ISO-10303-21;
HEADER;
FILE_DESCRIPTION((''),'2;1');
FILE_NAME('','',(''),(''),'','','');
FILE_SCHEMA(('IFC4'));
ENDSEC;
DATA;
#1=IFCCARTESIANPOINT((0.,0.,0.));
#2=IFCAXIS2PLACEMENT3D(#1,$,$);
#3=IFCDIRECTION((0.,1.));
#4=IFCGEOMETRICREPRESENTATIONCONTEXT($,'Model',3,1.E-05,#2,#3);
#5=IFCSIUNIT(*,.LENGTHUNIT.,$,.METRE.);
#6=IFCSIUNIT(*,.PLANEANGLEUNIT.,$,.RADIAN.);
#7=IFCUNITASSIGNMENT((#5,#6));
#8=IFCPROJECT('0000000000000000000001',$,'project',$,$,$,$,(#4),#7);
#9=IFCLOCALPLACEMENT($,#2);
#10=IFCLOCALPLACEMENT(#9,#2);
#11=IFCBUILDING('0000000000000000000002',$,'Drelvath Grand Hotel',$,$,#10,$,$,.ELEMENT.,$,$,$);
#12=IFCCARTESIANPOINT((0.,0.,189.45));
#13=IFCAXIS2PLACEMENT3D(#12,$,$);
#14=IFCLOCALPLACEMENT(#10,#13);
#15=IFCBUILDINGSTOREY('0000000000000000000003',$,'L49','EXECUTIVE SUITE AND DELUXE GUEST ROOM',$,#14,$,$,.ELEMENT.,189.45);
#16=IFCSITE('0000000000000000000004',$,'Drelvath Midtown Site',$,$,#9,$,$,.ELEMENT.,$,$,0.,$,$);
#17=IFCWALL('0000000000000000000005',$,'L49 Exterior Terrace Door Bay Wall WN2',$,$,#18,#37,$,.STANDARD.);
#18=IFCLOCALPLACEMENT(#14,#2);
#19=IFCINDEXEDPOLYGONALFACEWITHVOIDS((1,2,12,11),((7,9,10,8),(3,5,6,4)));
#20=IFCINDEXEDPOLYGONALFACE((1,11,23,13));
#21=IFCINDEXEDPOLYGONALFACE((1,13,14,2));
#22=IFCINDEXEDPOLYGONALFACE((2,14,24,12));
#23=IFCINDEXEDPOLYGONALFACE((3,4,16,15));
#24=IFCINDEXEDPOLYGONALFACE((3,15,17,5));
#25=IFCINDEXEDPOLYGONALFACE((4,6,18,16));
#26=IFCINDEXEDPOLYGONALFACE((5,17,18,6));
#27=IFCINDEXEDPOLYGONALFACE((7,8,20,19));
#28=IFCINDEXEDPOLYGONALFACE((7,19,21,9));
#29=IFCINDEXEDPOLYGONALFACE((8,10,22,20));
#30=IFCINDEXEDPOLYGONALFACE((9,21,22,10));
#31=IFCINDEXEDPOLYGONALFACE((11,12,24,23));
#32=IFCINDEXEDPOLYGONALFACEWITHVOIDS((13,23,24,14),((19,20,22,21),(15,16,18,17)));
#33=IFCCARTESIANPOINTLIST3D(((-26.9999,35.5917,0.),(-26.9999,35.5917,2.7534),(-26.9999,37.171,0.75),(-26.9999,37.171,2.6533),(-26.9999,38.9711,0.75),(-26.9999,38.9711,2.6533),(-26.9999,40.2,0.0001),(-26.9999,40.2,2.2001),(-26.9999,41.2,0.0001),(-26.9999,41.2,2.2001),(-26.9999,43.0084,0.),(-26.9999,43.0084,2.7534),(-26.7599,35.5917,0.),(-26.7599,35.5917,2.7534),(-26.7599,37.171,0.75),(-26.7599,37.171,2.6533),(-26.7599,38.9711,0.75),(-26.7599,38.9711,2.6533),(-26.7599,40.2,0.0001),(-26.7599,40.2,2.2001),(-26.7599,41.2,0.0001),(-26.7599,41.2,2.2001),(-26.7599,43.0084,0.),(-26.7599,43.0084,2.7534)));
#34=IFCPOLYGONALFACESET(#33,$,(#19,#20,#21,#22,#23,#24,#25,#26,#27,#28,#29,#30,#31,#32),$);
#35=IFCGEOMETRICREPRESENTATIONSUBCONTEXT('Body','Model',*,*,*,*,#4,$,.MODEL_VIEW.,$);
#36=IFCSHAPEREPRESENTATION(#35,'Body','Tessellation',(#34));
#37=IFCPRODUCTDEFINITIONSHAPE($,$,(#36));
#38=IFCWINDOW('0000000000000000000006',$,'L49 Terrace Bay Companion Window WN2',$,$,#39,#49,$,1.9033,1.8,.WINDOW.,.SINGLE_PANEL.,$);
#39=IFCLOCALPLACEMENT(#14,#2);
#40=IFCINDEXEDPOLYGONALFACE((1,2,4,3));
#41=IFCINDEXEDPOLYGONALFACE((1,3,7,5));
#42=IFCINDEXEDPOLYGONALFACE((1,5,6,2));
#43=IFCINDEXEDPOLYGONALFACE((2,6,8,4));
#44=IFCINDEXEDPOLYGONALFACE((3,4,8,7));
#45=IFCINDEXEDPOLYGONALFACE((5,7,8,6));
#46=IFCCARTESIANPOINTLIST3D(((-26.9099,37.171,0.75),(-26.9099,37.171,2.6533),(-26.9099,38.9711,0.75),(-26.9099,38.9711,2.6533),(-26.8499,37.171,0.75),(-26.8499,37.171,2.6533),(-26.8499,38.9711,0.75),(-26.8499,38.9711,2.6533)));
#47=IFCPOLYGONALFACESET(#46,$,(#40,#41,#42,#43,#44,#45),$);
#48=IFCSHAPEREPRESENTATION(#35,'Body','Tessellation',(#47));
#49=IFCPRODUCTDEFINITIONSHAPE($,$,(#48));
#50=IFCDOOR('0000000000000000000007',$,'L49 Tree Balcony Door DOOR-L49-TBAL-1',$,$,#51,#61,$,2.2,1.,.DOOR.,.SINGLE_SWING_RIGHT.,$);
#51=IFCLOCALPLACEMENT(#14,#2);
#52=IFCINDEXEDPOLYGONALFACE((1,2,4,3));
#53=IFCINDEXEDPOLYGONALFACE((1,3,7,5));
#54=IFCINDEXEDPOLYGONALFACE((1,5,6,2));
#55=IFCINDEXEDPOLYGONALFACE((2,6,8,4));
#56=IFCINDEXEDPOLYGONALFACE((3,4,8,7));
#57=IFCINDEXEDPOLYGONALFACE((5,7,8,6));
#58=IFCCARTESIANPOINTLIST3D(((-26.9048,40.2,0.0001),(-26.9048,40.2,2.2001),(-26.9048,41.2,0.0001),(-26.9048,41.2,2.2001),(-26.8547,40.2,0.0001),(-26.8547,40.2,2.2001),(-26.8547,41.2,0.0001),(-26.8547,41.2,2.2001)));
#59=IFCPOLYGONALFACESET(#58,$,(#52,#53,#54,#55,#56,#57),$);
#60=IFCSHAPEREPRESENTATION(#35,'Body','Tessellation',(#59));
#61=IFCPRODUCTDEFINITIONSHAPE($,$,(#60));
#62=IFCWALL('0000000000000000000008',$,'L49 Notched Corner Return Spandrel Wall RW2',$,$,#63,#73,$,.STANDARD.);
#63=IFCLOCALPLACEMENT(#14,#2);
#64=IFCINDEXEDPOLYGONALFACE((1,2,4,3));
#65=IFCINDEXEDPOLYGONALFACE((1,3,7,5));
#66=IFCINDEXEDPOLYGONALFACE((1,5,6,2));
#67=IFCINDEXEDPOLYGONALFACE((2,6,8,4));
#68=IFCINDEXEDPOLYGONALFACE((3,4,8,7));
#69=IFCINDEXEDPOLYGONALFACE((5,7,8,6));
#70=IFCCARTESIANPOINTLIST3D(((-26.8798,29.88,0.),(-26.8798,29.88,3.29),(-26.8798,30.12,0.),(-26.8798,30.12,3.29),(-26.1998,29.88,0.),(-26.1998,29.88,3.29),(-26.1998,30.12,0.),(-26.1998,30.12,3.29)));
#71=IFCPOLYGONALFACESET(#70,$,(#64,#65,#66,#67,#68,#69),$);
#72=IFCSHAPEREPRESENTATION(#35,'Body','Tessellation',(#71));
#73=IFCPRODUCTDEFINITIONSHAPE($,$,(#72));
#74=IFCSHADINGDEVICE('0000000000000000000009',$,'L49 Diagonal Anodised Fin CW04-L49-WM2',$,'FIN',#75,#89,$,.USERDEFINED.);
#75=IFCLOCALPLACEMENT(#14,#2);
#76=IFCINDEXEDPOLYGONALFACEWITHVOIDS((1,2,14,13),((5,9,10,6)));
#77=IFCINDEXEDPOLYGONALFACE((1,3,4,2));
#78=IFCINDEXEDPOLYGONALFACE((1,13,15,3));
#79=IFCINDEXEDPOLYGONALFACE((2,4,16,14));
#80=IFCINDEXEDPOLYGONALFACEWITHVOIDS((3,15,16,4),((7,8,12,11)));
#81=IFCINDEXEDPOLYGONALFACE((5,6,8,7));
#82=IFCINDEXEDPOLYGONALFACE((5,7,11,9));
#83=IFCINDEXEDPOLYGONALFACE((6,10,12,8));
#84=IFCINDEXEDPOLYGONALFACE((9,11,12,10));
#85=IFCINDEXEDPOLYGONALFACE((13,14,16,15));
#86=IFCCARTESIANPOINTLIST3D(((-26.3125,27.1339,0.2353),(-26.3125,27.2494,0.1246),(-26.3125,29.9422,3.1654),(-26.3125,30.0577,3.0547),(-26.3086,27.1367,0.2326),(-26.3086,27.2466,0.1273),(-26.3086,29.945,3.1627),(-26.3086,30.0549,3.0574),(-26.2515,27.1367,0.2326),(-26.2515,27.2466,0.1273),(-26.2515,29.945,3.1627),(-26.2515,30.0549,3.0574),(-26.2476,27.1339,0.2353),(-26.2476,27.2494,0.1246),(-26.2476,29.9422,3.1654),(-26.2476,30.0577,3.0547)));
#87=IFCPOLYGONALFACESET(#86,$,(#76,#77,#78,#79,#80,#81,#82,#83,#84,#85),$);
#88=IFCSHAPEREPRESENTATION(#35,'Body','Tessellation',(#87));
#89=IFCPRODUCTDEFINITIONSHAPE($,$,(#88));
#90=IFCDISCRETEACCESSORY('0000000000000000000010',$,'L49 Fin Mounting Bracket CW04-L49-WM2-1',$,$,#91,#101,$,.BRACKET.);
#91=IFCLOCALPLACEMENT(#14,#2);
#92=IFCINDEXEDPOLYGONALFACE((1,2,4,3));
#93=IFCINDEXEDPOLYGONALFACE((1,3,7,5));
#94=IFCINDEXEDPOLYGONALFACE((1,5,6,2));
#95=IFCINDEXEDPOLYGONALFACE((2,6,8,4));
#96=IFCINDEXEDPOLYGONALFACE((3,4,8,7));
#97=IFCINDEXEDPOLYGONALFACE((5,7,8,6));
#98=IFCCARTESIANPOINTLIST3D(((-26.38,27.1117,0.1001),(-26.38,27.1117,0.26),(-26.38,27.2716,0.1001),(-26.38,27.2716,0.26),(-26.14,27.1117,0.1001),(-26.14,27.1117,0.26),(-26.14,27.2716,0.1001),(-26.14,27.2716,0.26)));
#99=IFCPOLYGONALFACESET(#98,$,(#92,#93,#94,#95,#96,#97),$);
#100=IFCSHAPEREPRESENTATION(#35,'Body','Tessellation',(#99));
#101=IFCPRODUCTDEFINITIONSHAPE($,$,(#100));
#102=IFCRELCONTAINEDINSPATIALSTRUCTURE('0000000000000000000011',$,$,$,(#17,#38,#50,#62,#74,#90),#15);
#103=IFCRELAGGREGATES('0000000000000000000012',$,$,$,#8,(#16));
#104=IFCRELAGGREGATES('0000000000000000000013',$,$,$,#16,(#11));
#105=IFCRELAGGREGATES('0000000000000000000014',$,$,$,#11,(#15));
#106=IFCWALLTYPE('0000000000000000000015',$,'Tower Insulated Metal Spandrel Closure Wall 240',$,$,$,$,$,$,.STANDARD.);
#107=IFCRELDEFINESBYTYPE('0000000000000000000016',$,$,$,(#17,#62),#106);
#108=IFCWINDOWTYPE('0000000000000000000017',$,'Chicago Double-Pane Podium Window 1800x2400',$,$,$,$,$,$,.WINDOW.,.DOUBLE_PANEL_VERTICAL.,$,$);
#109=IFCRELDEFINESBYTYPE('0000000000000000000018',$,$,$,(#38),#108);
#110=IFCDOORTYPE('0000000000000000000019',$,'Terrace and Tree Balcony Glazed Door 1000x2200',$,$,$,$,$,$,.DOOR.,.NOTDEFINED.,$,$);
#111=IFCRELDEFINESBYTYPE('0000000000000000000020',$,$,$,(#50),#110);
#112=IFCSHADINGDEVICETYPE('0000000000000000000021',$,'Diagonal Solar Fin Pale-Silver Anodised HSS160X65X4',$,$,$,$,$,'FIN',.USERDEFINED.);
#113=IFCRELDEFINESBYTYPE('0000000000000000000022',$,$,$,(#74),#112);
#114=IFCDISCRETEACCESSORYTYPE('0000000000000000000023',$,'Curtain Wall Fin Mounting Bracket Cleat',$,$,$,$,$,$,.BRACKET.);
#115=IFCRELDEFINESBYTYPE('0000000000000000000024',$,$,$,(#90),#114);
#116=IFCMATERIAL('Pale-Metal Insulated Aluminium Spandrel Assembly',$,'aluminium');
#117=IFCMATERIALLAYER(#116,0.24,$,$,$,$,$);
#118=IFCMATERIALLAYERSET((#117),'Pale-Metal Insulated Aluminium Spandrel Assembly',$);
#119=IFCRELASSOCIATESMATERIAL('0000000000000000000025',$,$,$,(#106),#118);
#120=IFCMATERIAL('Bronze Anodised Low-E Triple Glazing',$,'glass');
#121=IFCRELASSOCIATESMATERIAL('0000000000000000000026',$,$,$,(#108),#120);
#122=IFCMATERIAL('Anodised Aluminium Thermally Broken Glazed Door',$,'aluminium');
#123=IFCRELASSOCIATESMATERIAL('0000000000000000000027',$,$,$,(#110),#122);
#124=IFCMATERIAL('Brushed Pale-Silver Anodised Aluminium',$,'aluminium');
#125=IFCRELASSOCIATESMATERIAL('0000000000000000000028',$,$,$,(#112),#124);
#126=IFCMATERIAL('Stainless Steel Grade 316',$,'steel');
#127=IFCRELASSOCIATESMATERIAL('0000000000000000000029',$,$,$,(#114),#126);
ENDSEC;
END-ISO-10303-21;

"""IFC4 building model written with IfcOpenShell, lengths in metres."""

from ifc_helpers import new_model, si_unit, direction, frame, frame_2d, origin, origin_2d, place, context, subcontext, project, spatial, rectangle, hollow_rectangle, extrude, material, layer, layer_set, material_profile, profile_set, type_object, element, fill, save


model = new_model("IFC4")

# Units and contexts
model_context = context("Model", 3, precision=1e-05, world=origin(), true_north=direction((0.0, 1.0)))
body_context = subcontext(model_context, "Body", "Model", "MODEL_VIEW")
ifc_project = project(units=[si_unit("LENGTHUNIT", "METRE"), si_unit("PLANEANGLEUNIT", "RADIAN")], contexts=[model_context])

# Site, building, storey
site_placement = place(None, origin())
site = spatial("IfcSite", under=ifc_project, at=site_placement, Name="Drelvath Midtown Site", CompositionType="ELEMENT", RefElevation=0.0)
building_placement = place(site_placement, origin())
building = spatial("IfcBuilding", under=site, at=building_placement, Name="Drelvath Grand Hotel", CompositionType="ELEMENT")
storey_placement = place(building_placement, frame((0.0, 0.0, 189.45)))
storey = spatial("IfcBuildingStorey", under=building, at=storey_placement, Name="L49", Description="EXECUTIVE SUITE AND DELUXE GUEST ROOM", CompositionType="ELEMENT", Elevation=189.45)

# Wall, openings, window, door
ifc_material_1 = material(Name="Pale-Metal Insulated Aluminium Spandrel Assembly", Category="aluminium")
ifc_layer_1 = layer(ifc_material_1, 0.24)
ifc_layer_set_1 = layer_set([ifc_layer_1], Name="Pale-Metal Insulated Aluminium Spandrel Assembly")
wall_type_1 = type_object("IfcWallType", Name="Tower Insulated Metal Spandrel Closure Wall 240", PredefinedType="STANDARD", material=ifc_layer_set_1)
wall_1_placement = place(storey_placement, frame((-26.8799, 35.5916, 0.0), z_axis=(0.0, 0.0, 1.0), x_axis=(0.0, 1.0, 0.0)))
wall_1 = element("IfcWall", 1, at=wall_1_placement, inside=storey, type_object=wall_type_1, Name="L49 Exterior Terrace Door Bay Wall WN2", PredefinedType="STANDARD", context=body_context, shape_type="SweptSolid", body=[
    extrude(rectangle(XDim=7.4167, YDim=0.24, at=frame_2d((3.7085, 0.0))), origin(), (0.0, 0.0, 1.0), 2.7534),
])
opening_1_placement = place(wall_1_placement, frame((4.6084, 0.0, 0.0)))
opening_1 = element("IfcOpeningElement", 2, at=opening_1_placement, cuts=wall_1, PredefinedType="OPENING", context=body_context, shape_type="SweptSolid", body=[
    extrude(rectangle(XDim=1.0, YDim=2.2, at=frame_2d((0.5, 1.1001))), frame((0.0, 0.1299, 0.0), z_axis=(0.0, -1.0, 0.0), x_axis=(1.0, 0.0, 0.0)), (0.0, 0.0, 1.0), 0.26),
])
opening_2_placement = place(wall_1_placement, frame((1.5796, 0.0, 0.75)))
opening_2 = element("IfcOpeningElement", 3, at=opening_2_placement, cuts=wall_1, PredefinedType="OPENING", context=body_context, shape_type="SweptSolid", body=[
    extrude(rectangle(XDim=1.8, YDim=1.9033, at=frame_2d((0.8999, 0.9517))), frame((0.0, 0.1299, 0.0), z_axis=(0.0, -1.0, 0.0), x_axis=(1.0, 0.0, 0.0)), (0.0, 0.0, 1.0), 0.26),
])
ifc_material_2 = material(Name="Bronze Anodised Low-E Triple Glazing", Category="glass")
window_type = type_object("IfcWindowType", Name="Chicago Double-Pane Podium Window 1800x2400", PartitioningType="DOUBLE_PANEL_VERTICAL", PredefinedType="WINDOW", material=ifc_material_2)
window_placement = place(opening_2_placement, origin())
window = element("IfcWindow", 4, at=window_placement, inside=storey, type_object=window_type, Name="L49 Terrace Bay Companion Window WN2", OverallHeight=1.9033, OverallWidth=1.8, PartitioningType="SINGLE_PANEL", PredefinedType="WINDOW", context=body_context, shape_type="SweptSolid", body=[
    extrude(rectangle(XDim=1.8, YDim=1.9033, at=frame_2d((0.8999, 0.9517))), frame((0.0, 0.03, 0.0), z_axis=(0.0, -1.0, 0.0), x_axis=(1.0, 0.0, 0.0)), (0.0, 0.0, 1.0), 0.0601),
])
fill(opening_2, window)
ifc_material_3 = material(Name="Anodised Aluminium Thermally Broken Glazed Door", Category="aluminium")
door_type = type_object("IfcDoorType", Name="Terrace and Tree Balcony Glazed Door 1000x2200", OperationType="NOTDEFINED", PredefinedType="DOOR", material=ifc_material_3)
door_placement = place(opening_1_placement, origin())
door = element("IfcDoor", 5, at=door_placement, inside=storey, type_object=door_type, Name="L49 Tree Balcony Door DOOR-L49-TBAL-1", OperationType="SINGLE_SWING_RIGHT", OverallHeight=2.2, OverallWidth=1.0, PredefinedType="DOOR", context=body_context, shape_type="SweptSolid", body=[
    extrude(rectangle(XDim=1.0, YDim=2.2, at=frame_2d((0.5, 1.1001))), frame((0.0, 0.0249, 0.0), z_axis=(0.0, -1.0, 0.0), x_axis=(1.0, 0.0, 0.0)), (0.0, 0.0, 1.0), 0.05),
])
fill(opening_1, door)

# Wall
wall_2_placement = place(storey_placement, frame((-26.2, 30.0, 0.0), z_axis=(0.0, 0.0, 1.0), x_axis=(-1.0, 0.0, 0.0)))
element("IfcWall", 6, at=wall_2_placement, inside=storey, type_object=wall_type_1, Name="L49 Notched Corner Return Spandrel Wall RW2", PredefinedType="STANDARD", context=body_context, shape_type="SweptSolid", body=[
    extrude(rectangle(XDim=0.6799, YDim=0.24, at=frame_2d((0.3398, 0.0))), origin(), (0.0, 0.0, 1.0), 3.29),
])

# Shading device
ifc_material_4 = material(Name="Brushed Pale-Silver Anodised Aluminium", Category="aluminium")
ifc_material_profile_1 = material_profile(ifc_material_4, hollow_rectangle(XDim=0.0649, YDim=0.1599, WallThickness=0.0039, at=origin_2d()), Name="HSS160X65X4")
ifc_profile_set_1 = profile_set([ifc_material_profile_1], Name="Brushed Pale-Silver Anodised Aluminium")
shading_device_type = type_object("IfcShadingDeviceType", Name="Diagonal Solar Fin Pale-Silver Anodised HSS160X65X4", ElementType="FIN", PredefinedType="USERDEFINED", material=ifc_profile_set_1)
shading_device_placement = place(storey_placement, frame((-26.28, 27.1917, 0.1799), z_axis=(0.0, 0.691939, 0.721956), x_axis=(-1.0, 0.0, 0.0)))
element("IfcShadingDevice", 7, at=shading_device_placement, inside=storey, type_object=shading_device_type, Name="L49 Diagonal Anodised Fin CW04-L49-WM2", ObjectType="FIN", PredefinedType="USERDEFINED", context=body_context, shape_type="SweptSolid", body=[
    extrude(hollow_rectangle(XDim=0.0649, YDim=0.1599, WallThickness=0.0039, at=origin_2d()), origin(), (0.0, 0.0, 1.0), 4.0586),
])

# Discrete accessory
ifc_material_5 = material(Name="Stainless Steel Grade 316", Category="steel")
discrete_accessory_type = type_object("IfcDiscreteAccessoryType", Name="Curtain Wall Fin Mounting Bracket Cleat", PredefinedType="BRACKET", material=ifc_material_5)
discrete_accessory_placement = place(storey_placement, frame((-26.26, 27.1917, 0.1001), z_axis=(0.0, 0.0, 1.0), x_axis=(0.0, 1.0, 0.0)))
element("IfcDiscreteAccessory", 8, at=discrete_accessory_placement, inside=storey, type_object=discrete_accessory_type, Name="L49 Fin Mounting Bracket CW04-L49-WM2-1", PredefinedType="BRACKET", context=body_context, shape_type="SweptSolid", body=[
    extrude(rectangle(XDim=0.1599, YDim=0.24, at=origin_2d()), origin(), (0.0, 0.0, 1.0), 0.1599),
])

save(model, "model.ifc")
